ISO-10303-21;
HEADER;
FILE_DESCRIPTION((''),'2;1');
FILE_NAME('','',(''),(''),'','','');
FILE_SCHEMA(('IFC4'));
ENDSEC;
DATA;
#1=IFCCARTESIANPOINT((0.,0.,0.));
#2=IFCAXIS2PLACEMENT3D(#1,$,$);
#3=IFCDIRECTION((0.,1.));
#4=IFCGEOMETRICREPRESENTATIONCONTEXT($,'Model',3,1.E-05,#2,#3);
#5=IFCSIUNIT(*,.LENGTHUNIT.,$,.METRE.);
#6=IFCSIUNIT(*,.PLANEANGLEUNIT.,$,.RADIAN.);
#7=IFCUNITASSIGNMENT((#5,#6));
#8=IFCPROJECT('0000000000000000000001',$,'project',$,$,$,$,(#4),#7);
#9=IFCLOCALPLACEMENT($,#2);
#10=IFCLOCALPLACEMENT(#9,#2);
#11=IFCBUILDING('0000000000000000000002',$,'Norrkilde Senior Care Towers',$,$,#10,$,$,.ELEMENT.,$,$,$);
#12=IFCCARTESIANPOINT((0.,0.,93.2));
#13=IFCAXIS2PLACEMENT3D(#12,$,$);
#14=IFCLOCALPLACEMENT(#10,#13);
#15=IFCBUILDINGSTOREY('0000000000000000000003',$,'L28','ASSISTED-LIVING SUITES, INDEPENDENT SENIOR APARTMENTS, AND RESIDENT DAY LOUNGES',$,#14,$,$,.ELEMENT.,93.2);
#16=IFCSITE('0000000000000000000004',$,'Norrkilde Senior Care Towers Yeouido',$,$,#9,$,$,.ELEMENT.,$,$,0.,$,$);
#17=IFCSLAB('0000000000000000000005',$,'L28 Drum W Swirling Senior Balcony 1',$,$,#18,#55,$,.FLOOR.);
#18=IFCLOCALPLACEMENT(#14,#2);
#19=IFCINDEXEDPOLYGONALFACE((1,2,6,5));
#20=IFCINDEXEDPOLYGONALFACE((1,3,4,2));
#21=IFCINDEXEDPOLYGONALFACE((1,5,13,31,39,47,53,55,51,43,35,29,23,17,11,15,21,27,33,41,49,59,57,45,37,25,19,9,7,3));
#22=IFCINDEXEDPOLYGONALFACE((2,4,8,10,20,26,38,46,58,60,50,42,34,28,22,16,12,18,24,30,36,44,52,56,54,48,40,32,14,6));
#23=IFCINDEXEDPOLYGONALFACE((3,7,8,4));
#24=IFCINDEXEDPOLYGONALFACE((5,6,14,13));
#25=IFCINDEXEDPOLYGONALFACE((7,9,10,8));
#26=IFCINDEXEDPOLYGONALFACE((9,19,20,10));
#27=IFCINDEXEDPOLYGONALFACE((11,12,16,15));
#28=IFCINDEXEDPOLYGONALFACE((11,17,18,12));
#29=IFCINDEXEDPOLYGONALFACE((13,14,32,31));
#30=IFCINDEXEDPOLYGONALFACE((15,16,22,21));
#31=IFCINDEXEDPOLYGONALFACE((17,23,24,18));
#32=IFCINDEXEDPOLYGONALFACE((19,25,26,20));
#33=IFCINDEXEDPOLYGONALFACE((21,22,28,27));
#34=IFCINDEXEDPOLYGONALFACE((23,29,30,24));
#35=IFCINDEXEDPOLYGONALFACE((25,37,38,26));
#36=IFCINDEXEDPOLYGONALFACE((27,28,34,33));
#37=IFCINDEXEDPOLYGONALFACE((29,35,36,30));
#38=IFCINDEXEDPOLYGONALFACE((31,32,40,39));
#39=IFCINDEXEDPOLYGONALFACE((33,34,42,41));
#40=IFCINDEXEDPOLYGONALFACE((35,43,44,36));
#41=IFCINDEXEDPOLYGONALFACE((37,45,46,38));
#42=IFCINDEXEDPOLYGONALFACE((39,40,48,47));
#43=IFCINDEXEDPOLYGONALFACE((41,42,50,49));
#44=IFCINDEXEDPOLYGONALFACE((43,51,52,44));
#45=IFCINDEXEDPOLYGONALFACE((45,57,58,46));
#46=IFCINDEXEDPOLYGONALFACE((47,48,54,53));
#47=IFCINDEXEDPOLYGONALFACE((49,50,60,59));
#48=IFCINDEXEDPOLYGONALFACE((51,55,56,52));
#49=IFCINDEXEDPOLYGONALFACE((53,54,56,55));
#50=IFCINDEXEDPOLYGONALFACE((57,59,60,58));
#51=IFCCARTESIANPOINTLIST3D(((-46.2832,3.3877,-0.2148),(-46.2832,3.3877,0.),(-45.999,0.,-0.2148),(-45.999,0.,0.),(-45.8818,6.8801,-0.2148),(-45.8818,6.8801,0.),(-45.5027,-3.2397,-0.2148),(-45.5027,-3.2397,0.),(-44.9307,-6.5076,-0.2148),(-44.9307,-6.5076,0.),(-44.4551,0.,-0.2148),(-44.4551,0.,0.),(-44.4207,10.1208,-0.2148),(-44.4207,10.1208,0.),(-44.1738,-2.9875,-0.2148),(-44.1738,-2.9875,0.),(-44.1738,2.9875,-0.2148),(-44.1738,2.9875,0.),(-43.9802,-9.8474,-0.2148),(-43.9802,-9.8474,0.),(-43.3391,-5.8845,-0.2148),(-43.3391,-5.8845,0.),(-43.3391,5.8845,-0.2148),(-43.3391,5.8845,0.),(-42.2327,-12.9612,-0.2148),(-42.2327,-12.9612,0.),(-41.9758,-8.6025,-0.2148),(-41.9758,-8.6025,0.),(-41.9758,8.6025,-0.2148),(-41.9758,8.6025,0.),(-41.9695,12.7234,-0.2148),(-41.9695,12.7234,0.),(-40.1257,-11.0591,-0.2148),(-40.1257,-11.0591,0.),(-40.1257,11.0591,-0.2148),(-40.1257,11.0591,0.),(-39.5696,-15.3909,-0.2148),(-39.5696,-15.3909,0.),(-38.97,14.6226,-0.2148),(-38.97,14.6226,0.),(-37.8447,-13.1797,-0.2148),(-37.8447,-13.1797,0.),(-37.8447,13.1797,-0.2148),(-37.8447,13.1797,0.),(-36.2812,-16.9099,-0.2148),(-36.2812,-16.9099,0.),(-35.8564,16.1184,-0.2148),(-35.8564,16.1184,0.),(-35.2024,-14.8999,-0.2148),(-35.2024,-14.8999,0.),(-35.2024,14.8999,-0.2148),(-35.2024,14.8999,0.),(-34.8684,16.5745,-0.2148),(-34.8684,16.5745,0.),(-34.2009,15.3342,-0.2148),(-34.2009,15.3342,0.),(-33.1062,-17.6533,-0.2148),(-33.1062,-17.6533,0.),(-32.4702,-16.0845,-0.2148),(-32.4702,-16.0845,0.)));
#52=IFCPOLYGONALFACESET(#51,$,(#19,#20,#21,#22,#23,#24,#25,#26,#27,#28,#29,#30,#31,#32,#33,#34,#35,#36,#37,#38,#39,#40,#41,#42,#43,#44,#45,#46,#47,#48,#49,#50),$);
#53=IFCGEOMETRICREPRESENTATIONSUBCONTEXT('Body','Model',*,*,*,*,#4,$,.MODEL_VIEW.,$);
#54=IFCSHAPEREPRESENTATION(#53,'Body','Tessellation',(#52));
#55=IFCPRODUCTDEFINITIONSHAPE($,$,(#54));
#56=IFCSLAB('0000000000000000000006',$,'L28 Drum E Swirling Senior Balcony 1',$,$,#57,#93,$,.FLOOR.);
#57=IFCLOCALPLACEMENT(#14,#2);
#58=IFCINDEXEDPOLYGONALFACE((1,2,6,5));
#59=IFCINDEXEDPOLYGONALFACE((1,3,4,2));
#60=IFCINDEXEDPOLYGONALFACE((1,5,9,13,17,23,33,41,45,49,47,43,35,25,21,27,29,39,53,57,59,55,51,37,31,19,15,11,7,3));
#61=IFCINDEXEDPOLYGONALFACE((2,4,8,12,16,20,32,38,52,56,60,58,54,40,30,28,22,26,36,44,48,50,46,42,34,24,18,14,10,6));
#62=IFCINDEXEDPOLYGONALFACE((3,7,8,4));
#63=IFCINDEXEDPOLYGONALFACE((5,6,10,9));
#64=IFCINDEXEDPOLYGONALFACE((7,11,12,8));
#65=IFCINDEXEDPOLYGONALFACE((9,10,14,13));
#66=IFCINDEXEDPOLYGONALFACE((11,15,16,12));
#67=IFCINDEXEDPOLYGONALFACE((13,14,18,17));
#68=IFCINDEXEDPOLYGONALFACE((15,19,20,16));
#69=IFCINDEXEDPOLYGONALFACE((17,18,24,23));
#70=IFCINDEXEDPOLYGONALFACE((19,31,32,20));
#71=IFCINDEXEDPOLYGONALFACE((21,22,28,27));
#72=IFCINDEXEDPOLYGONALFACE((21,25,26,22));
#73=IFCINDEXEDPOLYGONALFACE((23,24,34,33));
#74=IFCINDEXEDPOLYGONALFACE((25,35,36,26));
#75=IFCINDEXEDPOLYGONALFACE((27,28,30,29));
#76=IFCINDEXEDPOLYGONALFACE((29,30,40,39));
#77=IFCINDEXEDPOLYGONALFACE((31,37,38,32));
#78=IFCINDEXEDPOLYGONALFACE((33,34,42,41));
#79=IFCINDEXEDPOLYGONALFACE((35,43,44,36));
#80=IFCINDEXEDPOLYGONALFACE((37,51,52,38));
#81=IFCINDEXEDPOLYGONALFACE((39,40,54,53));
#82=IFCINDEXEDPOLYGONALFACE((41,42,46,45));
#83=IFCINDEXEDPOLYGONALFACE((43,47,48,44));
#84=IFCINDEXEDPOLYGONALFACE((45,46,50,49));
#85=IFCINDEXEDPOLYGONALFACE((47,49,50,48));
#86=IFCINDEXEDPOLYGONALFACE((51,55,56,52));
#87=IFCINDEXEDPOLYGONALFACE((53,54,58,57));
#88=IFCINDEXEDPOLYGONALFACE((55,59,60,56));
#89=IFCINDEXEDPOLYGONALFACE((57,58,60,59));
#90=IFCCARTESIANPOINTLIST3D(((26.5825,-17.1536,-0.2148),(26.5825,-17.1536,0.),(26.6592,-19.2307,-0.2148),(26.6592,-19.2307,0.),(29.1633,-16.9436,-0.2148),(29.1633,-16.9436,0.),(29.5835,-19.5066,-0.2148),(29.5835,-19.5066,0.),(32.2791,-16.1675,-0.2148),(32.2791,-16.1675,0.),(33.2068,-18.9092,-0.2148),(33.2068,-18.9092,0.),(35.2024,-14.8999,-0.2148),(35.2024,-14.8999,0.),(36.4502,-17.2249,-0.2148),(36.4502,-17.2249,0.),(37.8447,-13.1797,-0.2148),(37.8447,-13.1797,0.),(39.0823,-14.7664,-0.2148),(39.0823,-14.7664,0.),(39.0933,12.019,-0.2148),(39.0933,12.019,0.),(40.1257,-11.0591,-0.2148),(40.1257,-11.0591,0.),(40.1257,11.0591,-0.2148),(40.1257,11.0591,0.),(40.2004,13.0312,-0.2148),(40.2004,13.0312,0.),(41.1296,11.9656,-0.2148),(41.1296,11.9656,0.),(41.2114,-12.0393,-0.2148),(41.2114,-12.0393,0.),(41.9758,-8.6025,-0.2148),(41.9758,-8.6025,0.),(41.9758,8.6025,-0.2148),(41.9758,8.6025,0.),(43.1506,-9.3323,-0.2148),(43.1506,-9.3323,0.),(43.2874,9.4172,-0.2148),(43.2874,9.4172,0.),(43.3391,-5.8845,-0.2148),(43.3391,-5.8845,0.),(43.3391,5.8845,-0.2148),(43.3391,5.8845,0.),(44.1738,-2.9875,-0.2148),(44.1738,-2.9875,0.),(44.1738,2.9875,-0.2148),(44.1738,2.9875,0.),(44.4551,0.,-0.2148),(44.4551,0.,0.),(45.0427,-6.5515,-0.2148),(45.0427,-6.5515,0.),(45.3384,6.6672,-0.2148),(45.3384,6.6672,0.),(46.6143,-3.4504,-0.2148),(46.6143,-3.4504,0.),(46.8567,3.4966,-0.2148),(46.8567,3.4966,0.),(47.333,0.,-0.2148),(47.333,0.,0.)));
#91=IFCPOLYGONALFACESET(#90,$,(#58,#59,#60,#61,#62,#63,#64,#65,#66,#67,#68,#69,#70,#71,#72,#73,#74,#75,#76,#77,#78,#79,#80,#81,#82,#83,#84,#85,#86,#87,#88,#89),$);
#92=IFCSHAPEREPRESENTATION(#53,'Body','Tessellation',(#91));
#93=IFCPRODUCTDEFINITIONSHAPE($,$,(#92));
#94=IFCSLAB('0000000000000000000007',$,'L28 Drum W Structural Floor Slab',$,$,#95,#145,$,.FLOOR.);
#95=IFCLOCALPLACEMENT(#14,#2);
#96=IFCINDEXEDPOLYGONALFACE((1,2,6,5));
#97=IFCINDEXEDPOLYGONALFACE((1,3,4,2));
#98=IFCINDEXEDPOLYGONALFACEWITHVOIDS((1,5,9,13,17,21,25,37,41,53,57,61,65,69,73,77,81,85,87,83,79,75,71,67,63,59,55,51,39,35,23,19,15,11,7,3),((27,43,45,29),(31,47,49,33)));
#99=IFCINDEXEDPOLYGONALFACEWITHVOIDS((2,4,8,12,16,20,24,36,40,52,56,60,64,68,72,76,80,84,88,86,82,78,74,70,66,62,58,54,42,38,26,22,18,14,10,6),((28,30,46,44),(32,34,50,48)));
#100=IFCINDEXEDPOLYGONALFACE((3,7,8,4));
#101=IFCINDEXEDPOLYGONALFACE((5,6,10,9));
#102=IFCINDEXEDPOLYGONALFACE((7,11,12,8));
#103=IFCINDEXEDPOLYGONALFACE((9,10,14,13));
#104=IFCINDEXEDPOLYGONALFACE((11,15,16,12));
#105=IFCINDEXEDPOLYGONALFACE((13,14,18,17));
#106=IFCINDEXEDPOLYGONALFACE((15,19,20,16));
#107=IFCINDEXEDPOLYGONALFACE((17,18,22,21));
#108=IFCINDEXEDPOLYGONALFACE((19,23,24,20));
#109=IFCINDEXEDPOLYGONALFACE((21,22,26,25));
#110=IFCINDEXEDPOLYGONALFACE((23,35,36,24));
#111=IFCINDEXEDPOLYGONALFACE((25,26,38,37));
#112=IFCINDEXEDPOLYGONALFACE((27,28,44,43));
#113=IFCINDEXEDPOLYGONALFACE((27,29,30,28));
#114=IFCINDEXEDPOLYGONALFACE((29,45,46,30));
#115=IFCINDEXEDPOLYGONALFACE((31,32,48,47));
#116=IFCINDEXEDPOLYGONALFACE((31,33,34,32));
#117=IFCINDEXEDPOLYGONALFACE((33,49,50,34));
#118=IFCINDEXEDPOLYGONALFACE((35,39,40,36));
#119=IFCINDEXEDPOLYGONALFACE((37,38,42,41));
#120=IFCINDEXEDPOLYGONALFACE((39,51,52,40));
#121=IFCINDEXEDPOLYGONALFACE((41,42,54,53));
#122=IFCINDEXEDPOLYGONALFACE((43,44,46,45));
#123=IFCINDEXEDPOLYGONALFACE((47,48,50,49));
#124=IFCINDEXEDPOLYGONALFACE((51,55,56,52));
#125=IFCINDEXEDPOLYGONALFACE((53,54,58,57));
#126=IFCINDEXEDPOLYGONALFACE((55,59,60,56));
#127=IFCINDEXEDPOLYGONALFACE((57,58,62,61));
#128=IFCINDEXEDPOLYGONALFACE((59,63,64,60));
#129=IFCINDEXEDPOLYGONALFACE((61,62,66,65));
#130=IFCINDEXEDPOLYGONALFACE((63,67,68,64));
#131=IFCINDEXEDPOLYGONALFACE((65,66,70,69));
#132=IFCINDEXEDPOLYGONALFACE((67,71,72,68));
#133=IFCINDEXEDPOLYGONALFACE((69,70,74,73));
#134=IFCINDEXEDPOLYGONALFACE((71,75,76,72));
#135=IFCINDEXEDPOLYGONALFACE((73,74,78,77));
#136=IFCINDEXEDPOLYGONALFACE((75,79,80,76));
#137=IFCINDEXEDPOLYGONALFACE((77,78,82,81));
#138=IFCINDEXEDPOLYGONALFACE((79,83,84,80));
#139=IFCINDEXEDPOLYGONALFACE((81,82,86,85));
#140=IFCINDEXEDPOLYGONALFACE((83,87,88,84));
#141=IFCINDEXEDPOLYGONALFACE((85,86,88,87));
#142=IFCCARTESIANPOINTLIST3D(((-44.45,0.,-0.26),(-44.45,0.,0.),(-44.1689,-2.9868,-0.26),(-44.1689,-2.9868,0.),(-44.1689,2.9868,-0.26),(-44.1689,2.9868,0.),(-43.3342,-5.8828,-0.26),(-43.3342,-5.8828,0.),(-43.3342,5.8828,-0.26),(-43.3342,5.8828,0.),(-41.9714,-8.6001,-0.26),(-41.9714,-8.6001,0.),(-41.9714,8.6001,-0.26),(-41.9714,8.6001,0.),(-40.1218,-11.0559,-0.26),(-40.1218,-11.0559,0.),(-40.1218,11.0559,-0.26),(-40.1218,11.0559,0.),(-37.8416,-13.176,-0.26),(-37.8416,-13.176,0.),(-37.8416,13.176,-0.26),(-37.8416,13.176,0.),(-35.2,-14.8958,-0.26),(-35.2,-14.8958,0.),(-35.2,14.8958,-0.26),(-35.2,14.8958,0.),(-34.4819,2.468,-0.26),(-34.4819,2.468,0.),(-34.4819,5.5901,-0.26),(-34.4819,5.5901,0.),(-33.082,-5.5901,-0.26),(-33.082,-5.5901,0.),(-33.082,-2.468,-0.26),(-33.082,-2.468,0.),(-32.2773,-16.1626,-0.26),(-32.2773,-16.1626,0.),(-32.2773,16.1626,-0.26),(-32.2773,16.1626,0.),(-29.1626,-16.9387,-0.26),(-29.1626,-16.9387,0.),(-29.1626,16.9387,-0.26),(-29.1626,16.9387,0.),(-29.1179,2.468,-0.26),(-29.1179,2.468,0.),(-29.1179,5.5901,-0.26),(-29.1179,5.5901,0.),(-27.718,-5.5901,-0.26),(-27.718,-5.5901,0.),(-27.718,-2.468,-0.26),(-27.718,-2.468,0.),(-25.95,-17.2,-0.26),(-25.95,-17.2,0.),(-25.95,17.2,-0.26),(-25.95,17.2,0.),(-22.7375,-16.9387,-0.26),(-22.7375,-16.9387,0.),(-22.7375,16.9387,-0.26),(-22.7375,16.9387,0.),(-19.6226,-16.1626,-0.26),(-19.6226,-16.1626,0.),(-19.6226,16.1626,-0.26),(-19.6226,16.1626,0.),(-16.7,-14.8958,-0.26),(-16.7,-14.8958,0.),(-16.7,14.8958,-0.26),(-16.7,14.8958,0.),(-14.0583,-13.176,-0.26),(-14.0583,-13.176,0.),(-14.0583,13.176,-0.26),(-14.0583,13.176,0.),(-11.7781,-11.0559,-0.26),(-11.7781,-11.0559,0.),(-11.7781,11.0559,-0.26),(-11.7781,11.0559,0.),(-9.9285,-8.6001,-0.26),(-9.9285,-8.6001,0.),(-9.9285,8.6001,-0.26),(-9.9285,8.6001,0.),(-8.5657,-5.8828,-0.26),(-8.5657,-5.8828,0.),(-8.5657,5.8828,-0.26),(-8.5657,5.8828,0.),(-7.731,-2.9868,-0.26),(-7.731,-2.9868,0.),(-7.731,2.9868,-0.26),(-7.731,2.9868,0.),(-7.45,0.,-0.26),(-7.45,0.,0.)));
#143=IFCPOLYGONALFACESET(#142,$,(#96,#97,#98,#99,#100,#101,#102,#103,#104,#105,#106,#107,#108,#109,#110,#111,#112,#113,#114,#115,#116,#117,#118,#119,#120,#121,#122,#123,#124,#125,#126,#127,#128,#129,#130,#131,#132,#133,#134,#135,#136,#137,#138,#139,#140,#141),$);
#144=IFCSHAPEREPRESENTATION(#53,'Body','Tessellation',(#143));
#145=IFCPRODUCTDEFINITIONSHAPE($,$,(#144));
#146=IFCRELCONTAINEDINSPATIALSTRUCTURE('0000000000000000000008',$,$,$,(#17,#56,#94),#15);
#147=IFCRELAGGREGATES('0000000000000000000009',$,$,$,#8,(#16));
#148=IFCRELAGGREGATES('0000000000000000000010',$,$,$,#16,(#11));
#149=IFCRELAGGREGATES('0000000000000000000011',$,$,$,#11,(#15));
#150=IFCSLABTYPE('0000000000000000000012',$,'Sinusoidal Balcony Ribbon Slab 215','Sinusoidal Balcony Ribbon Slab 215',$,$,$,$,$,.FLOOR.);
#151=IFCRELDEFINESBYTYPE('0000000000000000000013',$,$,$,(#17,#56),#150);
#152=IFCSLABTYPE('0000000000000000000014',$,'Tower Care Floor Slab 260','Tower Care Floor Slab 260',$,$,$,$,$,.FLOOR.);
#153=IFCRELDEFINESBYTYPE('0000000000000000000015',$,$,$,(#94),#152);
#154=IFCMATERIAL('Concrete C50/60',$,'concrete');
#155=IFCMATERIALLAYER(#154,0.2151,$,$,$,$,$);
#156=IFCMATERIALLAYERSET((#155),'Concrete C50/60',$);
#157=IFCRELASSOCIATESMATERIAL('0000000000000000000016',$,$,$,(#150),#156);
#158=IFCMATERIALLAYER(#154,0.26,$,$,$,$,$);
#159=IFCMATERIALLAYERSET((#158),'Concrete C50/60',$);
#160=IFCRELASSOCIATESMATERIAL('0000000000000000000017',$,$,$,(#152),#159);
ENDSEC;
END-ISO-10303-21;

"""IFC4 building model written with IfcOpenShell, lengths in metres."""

from ifc_helpers import new_model, si_unit, direction, frame, origin, place, context, subcontext, project, spatial, polyline, outline, extrude, material, layer, layer_set, type_object, element, save


model = new_model("IFC4")

# Units and contexts
model_context = context("Model", 3, precision=1e-05, world=origin(), true_north=direction((0.0, 1.0)))
body_context = subcontext(model_context, "Body", "Model", "MODEL_VIEW")
ifc_project = project(units=[si_unit("LENGTHUNIT", "METRE"), si_unit("PLANEANGLEUNIT", "RADIAN")], contexts=[model_context])

# Site, building, storey
site_placement = place(None, origin())
site = spatial("IfcSite", under=ifc_project, at=site_placement, Name="Norrkilde Senior Care Towers Yeouido", CompositionType="ELEMENT", RefElevation=0.0)
building_placement = place(site_placement, origin())
building = spatial("IfcBuilding", under=site, at=building_placement, Name="Norrkilde Senior Care Towers", CompositionType="ELEMENT")
storey_placement = place(building_placement, frame((0.0, 0.0, 93.2)))
storey = spatial("IfcBuildingStorey", under=building, at=storey_placement, Name="L28", Description="ASSISTED-LIVING SUITES, INDEPENDENT SENIOR APARTMENTS, AND RESIDENT DAY LOUNGES", CompositionType="ELEMENT", Elevation=93.2)

# Slabs
ifc_material_1 = material(Name="Concrete C50/60", Category="concrete")
ifc_layer_1 = layer(ifc_material_1, 0.2151)
ifc_layer_set_1 = layer_set([ifc_layer_1], Name="Concrete C50/60")
slab_type_1 = type_object("IfcSlabType", Name="Sinusoidal Balcony Ribbon Slab 215", Description="Sinusoidal Balcony Ribbon Slab 215", PredefinedType="FLOOR", material=ifc_layer_set_1)
slab_1_placement = place(storey_placement, frame((0.0, 0.0, -0.2148)))
element("IfcSlab", 1, at=slab_1_placement, inside=storey, type_object=slab_type_1, Name="L28 Drum W Swirling Senior Balcony 1", PredefinedType="FLOOR", context=body_context, shape_type="SweptSolid", body=[
    extrude(outline(polyline([(-39.5696, -15.3909), (-42.2327, -12.9612), (-43.9802, -9.8474), (-44.9307, -6.5076), (-45.5027, -3.2397), (-45.999, 0.0), (-46.2832, 3.3877), (-45.8818, 6.8801), (-44.4207, 10.1208), (-41.9695, 12.7234), (-38.97, 14.6226), (-35.8564, 16.1184), (-34.8684, 16.5745), (-34.2009, 15.3342), (-35.2024, 14.8999), (-37.8447, 13.1797), (-40.1257, 11.0591), (-41.9758, 8.6025), (-43.3391, 5.8845), (-44.1738, 2.9875), (-44.4551, 0.0), (-44.1738, -2.9875), (-43.3391, -5.8845), (-41.9758, -8.6025), (-40.1257, -11.0591), (-37.8447, -13.1797), (-35.2024, -14.8999), (-32.4702, -16.0845), (-33.1062, -17.6533), (-36.2812, -16.9099), (-39.5696, -15.3909)])), origin(), (0.0, 0.0, 1.0), 0.2148),
])
slab_2_placement = place(storey_placement, frame((0.0, 0.0, -0.2148)))
element("IfcSlab", 2, at=slab_2_placement, inside=storey, type_object=slab_type_1, Name="L28 Drum E Swirling Senior Balcony 1", PredefinedType="FLOOR", context=body_context, shape_type="SweptSolid", body=[
    extrude(outline(polyline([(43.1506, -9.3323), (41.2114, -12.0393), (39.0823, -14.7664), (36.4502, -17.2249), (33.2068, -18.9092), (29.5835, -19.5066), (26.6592, -19.2307), (26.5825, -17.1536), (29.1633, -16.9436), (32.2791, -16.1675), (35.2024, -14.8999), (37.8447, -13.1797), (40.1257, -11.0591), (41.9758, -8.6025), (43.3391, -5.8845), (44.1738, -2.9875), (44.4551, 0.0), (44.1738, 2.9875), (43.3391, 5.8845), (41.9758, 8.6025), (40.1257, 11.0591), (39.0933, 12.019), (40.2004, 13.0312), (41.1296, 11.9656), (43.2874, 9.4172), (45.3384, 6.6672), (46.8567, 3.4966), (47.333, 0.0), (46.6143, -3.4504), (45.0427, -6.5515), (43.1506, -9.3323)])), origin(), (0.0, 0.0, 1.0), 0.2148),
])
ifc_layer_2 = layer(ifc_material_1, 0.26)
ifc_layer_set_2 = layer_set([ifc_layer_2], Name="Concrete C50/60")
slab_type_2 = type_object("IfcSlabType", Name="Tower Care Floor Slab 260", Description="Tower Care Floor Slab 260", PredefinedType="FLOOR", material=ifc_layer_set_2)
slab_3_placement = place(storey_placement, frame((0.0, 0.0, -0.26)))
element("IfcSlab", 3, at=slab_3_placement, inside=storey, type_object=slab_type_2, Name="L28 Drum W Structural Floor Slab", PredefinedType="FLOOR", context=body_context, shape_type="SweptSolid", body=[
    extrude(outline(polyline([(-8.5657, -5.8828), (-9.9285, -8.6001), (-11.7781, -11.0559), (-14.0583, -13.176), (-16.7, -14.8958), (-19.6226, -16.1626), (-22.7375, -16.9387), (-25.95, -17.2), (-29.1626, -16.9387), (-32.2773, -16.1626), (-35.2, -14.8958), (-37.8416, -13.176), (-40.1218, -11.0559), (-41.9714, -8.6001), (-43.3342, -5.8828), (-44.1689, -2.9868), (-44.45, 0.0), (-44.1689, 2.9868), (-43.3342, 5.8828), (-41.9714, 8.6001), (-40.1218, 11.0559), (-37.8416, 13.176), (-35.2, 14.8958), (-32.2773, 16.1626), (-29.1626, 16.9387), (-25.95, 17.2), (-22.7375, 16.9387), (-19.6226, 16.1626), (-16.7, 14.8958), (-14.0583, 13.176), (-11.7781, 11.0559), (-9.9285, 8.6001), (-8.5657, 5.8828), (-7.731, 2.9868), (-7.45, 0.0), (-7.731, -2.9868), (-8.5657, -5.8828)]), holes=[polyline([(-34.4819, 2.468), (-29.1179, 2.468), (-29.1179, 5.5901), (-34.4819, 5.5901), (-34.4819, 2.468)]), polyline([(-27.718, -5.5901), (-27.718, -2.468), (-33.082, -2.468), (-33.082, -5.5901), (-27.718, -5.5901)])]), origin(), (0.0, 0.0, 1.0), 0.26),
])

save(model, "model.ifc")
